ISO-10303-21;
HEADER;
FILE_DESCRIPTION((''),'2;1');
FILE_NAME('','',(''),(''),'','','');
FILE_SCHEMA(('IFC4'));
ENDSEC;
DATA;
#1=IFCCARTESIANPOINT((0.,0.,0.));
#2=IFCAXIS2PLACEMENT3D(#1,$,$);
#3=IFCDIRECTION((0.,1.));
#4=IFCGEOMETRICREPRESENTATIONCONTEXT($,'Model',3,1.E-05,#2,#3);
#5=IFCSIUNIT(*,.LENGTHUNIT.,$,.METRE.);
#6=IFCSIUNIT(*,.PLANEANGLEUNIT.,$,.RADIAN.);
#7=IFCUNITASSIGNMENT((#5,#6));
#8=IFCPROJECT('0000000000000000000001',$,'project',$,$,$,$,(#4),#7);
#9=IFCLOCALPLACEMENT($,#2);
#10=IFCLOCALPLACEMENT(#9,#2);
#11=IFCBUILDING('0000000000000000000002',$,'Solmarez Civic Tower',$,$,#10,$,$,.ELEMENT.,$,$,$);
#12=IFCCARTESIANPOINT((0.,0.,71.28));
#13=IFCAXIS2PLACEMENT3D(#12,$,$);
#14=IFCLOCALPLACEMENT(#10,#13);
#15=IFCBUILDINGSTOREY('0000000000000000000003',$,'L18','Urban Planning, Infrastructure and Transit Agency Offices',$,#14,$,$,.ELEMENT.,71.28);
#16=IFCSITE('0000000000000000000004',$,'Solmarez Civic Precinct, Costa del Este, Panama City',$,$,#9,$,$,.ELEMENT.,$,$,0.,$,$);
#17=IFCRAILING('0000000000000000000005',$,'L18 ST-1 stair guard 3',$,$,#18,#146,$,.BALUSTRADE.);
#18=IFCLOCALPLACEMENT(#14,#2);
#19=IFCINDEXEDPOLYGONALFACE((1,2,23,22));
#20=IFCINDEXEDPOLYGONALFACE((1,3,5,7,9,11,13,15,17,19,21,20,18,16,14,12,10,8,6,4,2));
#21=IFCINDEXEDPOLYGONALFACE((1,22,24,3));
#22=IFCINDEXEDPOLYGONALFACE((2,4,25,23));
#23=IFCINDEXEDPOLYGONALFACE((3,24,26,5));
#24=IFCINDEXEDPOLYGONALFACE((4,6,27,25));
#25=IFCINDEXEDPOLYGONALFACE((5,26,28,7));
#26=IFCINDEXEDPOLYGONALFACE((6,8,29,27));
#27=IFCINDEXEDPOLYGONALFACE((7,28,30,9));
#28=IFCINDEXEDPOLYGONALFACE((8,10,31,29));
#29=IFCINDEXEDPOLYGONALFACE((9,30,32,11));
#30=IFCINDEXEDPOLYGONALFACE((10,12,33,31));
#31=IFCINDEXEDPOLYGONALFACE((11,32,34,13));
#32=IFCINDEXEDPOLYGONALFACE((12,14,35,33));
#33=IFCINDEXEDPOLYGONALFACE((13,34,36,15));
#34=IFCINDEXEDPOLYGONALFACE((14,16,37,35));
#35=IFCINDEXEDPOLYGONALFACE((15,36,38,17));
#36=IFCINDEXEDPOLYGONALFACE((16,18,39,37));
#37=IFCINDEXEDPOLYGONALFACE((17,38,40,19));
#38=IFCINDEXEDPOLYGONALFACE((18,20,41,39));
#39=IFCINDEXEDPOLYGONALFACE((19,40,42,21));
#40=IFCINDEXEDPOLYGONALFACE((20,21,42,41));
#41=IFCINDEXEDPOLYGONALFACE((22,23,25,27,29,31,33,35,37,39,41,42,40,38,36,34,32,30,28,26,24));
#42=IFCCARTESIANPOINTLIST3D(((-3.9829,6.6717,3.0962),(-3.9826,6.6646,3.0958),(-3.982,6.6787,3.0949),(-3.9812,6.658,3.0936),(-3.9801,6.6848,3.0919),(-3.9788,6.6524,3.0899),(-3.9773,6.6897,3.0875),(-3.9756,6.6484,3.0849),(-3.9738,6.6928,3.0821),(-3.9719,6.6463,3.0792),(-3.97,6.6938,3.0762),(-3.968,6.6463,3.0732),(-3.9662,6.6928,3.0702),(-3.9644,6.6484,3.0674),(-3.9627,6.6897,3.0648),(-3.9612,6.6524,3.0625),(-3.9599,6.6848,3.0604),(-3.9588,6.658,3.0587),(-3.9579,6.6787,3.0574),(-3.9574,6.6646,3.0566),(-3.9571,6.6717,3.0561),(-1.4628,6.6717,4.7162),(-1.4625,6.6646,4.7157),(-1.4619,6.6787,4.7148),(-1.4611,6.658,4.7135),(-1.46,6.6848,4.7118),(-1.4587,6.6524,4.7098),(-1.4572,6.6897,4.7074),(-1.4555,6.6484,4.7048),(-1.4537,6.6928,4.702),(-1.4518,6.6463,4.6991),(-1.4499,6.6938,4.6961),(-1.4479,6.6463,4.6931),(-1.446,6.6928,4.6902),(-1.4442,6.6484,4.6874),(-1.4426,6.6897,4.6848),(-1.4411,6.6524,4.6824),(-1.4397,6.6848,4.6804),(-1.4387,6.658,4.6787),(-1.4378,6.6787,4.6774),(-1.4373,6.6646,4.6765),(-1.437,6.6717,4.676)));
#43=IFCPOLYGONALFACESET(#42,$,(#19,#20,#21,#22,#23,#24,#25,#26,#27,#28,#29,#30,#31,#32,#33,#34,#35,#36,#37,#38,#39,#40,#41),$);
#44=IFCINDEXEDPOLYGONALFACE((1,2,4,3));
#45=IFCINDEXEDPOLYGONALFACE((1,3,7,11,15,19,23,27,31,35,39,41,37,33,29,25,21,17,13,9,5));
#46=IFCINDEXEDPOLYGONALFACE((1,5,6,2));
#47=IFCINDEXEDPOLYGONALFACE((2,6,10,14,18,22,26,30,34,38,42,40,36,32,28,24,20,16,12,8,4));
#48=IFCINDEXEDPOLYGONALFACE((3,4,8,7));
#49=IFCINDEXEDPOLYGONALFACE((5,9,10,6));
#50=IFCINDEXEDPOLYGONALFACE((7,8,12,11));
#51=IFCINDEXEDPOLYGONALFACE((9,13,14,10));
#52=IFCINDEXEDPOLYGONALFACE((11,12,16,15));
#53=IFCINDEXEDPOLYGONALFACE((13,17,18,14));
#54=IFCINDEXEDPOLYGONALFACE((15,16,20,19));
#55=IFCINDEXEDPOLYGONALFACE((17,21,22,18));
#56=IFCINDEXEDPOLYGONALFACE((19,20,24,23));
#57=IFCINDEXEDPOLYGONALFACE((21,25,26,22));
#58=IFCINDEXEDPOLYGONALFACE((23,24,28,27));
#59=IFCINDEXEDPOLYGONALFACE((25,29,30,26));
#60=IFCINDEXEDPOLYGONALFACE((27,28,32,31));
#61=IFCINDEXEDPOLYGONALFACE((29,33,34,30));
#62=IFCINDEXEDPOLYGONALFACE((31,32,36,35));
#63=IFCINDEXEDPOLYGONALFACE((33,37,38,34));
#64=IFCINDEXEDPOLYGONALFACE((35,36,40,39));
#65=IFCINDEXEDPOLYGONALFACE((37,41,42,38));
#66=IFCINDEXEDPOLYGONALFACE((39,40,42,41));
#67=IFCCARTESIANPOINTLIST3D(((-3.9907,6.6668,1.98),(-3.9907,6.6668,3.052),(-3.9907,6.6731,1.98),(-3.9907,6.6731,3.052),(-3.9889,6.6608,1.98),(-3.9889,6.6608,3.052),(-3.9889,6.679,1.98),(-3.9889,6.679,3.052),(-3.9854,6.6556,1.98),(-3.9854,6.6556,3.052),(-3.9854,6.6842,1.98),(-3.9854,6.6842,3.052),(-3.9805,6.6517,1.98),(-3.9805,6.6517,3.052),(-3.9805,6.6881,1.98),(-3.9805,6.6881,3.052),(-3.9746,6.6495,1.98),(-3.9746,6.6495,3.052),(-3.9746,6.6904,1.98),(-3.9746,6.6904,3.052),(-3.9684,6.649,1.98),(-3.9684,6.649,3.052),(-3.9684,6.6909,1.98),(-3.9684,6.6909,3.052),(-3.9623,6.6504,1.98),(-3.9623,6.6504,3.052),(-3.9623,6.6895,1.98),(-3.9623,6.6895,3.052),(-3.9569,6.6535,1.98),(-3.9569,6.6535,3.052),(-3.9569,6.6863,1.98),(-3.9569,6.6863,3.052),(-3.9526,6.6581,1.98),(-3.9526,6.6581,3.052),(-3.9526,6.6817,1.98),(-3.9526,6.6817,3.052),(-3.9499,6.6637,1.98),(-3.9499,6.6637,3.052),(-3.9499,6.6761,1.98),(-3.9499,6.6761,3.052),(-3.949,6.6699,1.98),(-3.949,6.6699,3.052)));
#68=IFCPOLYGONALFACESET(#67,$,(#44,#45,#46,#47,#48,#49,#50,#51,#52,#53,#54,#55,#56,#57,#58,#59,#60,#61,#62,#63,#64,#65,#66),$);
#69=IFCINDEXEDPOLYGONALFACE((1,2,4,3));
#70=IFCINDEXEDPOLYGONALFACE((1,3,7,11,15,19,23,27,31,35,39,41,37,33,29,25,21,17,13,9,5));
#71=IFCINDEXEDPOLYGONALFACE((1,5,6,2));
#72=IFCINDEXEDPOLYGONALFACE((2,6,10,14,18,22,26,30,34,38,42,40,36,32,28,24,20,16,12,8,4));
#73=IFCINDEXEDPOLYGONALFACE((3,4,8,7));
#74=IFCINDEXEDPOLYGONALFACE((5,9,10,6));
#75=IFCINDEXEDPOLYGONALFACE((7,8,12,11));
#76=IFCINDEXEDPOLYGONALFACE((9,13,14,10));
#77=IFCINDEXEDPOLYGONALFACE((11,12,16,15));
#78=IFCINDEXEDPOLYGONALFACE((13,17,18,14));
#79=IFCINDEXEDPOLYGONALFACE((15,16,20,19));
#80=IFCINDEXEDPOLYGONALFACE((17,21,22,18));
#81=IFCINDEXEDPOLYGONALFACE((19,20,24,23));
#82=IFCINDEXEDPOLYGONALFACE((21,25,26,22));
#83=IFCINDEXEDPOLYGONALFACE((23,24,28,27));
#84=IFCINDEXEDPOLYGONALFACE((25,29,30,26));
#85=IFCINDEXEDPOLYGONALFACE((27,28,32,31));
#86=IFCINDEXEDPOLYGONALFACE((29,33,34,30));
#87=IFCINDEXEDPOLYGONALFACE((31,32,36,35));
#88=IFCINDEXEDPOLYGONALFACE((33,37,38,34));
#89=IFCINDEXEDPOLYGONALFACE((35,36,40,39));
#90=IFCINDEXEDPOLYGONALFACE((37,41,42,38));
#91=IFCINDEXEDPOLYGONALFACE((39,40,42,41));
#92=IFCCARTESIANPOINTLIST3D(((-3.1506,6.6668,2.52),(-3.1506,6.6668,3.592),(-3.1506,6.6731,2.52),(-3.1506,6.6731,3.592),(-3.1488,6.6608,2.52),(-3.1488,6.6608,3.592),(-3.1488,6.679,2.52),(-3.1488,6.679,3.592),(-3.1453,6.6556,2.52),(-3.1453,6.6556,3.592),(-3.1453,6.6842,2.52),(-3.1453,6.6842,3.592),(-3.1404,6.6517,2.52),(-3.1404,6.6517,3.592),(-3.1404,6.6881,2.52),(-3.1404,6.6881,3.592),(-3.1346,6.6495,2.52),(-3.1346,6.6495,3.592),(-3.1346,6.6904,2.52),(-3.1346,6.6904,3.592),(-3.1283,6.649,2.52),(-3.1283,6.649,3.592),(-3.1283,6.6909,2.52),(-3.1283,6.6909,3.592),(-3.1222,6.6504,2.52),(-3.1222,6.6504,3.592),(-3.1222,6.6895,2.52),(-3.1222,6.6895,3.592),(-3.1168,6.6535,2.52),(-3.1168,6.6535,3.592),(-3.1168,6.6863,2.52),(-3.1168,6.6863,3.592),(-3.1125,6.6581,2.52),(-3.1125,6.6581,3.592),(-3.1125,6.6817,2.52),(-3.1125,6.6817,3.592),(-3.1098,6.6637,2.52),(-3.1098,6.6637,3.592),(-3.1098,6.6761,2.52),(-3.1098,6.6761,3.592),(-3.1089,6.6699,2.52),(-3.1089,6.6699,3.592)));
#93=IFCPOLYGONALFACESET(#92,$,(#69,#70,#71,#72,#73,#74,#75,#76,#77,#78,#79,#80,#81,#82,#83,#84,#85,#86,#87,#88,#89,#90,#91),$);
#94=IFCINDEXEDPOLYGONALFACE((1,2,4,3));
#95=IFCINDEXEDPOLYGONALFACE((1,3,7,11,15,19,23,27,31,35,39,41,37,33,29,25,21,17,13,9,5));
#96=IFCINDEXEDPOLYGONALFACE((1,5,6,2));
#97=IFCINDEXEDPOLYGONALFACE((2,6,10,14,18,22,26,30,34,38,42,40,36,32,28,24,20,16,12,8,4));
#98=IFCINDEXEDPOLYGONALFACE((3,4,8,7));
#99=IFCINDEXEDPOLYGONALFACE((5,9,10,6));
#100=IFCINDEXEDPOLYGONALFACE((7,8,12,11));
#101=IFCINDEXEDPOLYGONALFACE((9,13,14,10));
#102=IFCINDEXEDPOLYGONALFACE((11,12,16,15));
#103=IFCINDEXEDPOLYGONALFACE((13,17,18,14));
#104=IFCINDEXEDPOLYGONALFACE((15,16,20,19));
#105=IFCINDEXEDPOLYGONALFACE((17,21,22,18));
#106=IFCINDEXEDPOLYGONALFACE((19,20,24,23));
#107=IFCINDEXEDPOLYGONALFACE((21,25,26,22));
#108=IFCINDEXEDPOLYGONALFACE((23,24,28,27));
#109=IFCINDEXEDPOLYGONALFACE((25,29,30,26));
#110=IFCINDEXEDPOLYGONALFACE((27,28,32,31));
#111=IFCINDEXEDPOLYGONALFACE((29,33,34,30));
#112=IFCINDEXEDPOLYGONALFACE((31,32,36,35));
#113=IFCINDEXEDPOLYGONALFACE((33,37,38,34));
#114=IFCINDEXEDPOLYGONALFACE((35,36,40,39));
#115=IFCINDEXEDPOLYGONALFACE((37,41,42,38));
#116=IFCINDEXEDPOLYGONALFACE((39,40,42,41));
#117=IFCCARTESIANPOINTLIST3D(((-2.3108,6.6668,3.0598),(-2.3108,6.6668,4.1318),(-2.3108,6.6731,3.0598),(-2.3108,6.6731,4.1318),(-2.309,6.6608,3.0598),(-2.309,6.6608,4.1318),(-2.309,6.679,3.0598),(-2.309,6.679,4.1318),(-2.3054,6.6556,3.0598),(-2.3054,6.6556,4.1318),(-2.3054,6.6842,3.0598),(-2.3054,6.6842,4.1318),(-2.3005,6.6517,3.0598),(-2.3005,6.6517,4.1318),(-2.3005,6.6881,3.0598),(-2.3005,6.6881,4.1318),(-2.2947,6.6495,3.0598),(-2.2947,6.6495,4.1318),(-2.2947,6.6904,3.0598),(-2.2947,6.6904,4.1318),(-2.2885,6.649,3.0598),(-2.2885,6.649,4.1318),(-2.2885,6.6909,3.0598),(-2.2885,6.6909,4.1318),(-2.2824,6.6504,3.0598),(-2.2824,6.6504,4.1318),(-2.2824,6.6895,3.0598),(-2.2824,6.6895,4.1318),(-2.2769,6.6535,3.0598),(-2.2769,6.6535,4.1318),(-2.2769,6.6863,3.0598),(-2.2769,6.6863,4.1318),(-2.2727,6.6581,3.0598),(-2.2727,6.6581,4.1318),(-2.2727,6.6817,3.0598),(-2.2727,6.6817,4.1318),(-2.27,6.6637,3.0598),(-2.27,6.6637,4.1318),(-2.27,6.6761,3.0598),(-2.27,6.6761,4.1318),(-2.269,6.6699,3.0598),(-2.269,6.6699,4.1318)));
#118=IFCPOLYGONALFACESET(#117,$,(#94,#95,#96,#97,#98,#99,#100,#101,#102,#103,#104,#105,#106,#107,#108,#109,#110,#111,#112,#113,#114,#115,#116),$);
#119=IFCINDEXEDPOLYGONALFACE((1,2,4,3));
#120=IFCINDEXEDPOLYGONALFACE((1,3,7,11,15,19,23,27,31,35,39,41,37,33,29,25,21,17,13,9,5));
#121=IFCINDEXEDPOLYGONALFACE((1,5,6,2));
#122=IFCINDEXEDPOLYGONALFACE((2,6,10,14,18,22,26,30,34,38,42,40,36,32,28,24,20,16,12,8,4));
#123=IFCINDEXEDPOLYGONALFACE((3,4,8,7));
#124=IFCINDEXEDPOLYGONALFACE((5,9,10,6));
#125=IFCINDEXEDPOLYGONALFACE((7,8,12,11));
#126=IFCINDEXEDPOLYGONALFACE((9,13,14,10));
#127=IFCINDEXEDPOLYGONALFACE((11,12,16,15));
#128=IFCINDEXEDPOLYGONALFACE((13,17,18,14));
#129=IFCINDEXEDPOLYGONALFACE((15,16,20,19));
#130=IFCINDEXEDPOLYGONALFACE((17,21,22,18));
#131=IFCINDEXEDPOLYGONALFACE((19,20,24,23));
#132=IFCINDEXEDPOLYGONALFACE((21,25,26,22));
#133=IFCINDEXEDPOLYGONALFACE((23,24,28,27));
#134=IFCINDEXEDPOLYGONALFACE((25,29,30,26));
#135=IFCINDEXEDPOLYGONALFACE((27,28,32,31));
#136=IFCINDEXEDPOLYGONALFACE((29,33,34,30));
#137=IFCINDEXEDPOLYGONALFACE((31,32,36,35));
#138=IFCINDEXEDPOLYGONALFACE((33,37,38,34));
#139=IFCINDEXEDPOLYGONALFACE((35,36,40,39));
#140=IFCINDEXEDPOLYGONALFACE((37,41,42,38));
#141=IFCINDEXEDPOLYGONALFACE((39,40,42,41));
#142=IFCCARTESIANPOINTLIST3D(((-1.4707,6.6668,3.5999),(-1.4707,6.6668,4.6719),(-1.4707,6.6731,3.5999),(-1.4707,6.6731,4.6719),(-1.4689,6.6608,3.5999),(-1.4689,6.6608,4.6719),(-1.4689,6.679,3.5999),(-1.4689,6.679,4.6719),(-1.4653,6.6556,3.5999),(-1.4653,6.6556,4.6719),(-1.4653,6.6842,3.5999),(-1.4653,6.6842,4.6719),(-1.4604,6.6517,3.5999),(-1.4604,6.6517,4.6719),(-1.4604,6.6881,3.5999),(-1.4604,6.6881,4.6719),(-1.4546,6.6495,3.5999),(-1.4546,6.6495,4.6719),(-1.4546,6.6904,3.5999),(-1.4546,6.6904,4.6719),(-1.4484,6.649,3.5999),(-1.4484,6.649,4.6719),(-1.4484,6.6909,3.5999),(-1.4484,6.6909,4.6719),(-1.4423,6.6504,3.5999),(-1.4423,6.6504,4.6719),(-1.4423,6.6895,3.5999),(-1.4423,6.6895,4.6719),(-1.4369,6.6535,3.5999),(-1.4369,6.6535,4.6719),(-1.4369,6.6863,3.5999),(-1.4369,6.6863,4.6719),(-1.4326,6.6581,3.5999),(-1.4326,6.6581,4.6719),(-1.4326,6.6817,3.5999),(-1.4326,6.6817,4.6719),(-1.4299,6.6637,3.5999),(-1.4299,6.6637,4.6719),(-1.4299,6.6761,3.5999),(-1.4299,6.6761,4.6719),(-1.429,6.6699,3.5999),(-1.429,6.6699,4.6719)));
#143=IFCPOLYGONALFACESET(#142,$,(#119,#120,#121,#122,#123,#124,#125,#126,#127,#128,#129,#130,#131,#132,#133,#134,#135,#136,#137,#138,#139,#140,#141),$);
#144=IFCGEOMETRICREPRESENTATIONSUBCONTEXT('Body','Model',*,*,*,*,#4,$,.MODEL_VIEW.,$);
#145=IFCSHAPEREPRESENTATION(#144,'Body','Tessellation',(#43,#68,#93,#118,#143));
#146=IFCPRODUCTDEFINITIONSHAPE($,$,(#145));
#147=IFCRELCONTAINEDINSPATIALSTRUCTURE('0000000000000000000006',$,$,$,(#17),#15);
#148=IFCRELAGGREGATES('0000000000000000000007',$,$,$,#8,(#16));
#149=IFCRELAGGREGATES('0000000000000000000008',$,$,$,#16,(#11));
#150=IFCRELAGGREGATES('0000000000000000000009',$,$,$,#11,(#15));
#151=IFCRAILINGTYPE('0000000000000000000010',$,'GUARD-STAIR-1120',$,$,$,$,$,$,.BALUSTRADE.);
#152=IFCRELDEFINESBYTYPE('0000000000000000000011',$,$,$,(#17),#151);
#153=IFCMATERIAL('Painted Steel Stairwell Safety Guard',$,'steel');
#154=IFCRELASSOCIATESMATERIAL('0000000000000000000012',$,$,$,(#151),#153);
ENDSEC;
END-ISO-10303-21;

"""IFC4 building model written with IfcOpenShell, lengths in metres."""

from ifc_helpers import new_model, si_unit, direction, frame, origin, origin_2d, place, context, subcontext, project, spatial, circle, extrude, material, type_object, element, save


model = new_model("IFC4")

# Units and contexts
model_context = context("Model", 3, precision=1e-05, world=origin(), true_north=direction((0.0, 1.0)))
body_context = subcontext(model_context, "Body", "Model", "MODEL_VIEW")
ifc_project = project(units=[si_unit("LENGTHUNIT", "METRE"), si_unit("PLANEANGLEUNIT", "RADIAN")], contexts=[model_context])

# Site, building, storey
site_placement = place(None, origin())
site = spatial("IfcSite", under=ifc_project, at=site_placement, Name="Solmarez Civic Precinct, Costa del Este, Panama City", CompositionType="ELEMENT", RefElevation=0.0)
building_placement = place(site_placement, origin())
building = spatial("IfcBuilding", under=site, at=building_placement, Name="Solmarez Civic Tower", CompositionType="ELEMENT")
storey_placement = place(building_placement, frame((0.0, 0.0, 71.28)))
storey = spatial("IfcBuildingStorey", under=building, at=storey_placement, Name="L18", Description="Urban Planning, Infrastructure and Transit Agency Offices", CompositionType="ELEMENT", Elevation=71.28)

# Railing
ifc_material_1 = material(Name="Painted Steel Stairwell Safety Guard", Category="steel")
railing_type_1 = type_object("IfcRailingType", Name="GUARD-STAIR-1120", PredefinedType="BALUSTRADE", material=ifc_material_1)
railing_1_placement = place(storey_placement, frame((-3.97, 6.6699, 1.98)))
element("IfcRailing", 1, at=railing_1_placement, inside=storey, type_object=railing_type_1, Name="L18 ST-1 stair guard 3", PredefinedType="BALUSTRADE", context=body_context, shape_type="SweptSolid", body=[
    extrude(circle(Radius=0.0239, at=origin_2d()), frame((0.0, 0.0, 1.0962), z_axis=(0.8412, 0.0, 0.540725), x_axis=(0.0, 1.0, 0.0)), (0.0, 0.0, 1.0), 2.9958),
    extrude(circle(Radius=0.021, at=origin_2d()), origin(), (0.0, 0.0, 1.0), 1.072),
    extrude(circle(Radius=0.021, at=origin_2d()), frame((0.8401, 0.0, 0.54)), (0.0, 0.0, 1.0), 1.072),
    extrude(circle(Radius=0.021, at=origin_2d()), frame((1.6799, 0.0, 1.0798)), (0.0, 0.0, 1.0), 1.072),
    extrude(circle(Radius=0.021, at=origin_2d()), frame((2.52, 0.0, 1.6199)), (0.0, 0.0, 1.0), 1.072),
])

save(model, "model.ifc")
